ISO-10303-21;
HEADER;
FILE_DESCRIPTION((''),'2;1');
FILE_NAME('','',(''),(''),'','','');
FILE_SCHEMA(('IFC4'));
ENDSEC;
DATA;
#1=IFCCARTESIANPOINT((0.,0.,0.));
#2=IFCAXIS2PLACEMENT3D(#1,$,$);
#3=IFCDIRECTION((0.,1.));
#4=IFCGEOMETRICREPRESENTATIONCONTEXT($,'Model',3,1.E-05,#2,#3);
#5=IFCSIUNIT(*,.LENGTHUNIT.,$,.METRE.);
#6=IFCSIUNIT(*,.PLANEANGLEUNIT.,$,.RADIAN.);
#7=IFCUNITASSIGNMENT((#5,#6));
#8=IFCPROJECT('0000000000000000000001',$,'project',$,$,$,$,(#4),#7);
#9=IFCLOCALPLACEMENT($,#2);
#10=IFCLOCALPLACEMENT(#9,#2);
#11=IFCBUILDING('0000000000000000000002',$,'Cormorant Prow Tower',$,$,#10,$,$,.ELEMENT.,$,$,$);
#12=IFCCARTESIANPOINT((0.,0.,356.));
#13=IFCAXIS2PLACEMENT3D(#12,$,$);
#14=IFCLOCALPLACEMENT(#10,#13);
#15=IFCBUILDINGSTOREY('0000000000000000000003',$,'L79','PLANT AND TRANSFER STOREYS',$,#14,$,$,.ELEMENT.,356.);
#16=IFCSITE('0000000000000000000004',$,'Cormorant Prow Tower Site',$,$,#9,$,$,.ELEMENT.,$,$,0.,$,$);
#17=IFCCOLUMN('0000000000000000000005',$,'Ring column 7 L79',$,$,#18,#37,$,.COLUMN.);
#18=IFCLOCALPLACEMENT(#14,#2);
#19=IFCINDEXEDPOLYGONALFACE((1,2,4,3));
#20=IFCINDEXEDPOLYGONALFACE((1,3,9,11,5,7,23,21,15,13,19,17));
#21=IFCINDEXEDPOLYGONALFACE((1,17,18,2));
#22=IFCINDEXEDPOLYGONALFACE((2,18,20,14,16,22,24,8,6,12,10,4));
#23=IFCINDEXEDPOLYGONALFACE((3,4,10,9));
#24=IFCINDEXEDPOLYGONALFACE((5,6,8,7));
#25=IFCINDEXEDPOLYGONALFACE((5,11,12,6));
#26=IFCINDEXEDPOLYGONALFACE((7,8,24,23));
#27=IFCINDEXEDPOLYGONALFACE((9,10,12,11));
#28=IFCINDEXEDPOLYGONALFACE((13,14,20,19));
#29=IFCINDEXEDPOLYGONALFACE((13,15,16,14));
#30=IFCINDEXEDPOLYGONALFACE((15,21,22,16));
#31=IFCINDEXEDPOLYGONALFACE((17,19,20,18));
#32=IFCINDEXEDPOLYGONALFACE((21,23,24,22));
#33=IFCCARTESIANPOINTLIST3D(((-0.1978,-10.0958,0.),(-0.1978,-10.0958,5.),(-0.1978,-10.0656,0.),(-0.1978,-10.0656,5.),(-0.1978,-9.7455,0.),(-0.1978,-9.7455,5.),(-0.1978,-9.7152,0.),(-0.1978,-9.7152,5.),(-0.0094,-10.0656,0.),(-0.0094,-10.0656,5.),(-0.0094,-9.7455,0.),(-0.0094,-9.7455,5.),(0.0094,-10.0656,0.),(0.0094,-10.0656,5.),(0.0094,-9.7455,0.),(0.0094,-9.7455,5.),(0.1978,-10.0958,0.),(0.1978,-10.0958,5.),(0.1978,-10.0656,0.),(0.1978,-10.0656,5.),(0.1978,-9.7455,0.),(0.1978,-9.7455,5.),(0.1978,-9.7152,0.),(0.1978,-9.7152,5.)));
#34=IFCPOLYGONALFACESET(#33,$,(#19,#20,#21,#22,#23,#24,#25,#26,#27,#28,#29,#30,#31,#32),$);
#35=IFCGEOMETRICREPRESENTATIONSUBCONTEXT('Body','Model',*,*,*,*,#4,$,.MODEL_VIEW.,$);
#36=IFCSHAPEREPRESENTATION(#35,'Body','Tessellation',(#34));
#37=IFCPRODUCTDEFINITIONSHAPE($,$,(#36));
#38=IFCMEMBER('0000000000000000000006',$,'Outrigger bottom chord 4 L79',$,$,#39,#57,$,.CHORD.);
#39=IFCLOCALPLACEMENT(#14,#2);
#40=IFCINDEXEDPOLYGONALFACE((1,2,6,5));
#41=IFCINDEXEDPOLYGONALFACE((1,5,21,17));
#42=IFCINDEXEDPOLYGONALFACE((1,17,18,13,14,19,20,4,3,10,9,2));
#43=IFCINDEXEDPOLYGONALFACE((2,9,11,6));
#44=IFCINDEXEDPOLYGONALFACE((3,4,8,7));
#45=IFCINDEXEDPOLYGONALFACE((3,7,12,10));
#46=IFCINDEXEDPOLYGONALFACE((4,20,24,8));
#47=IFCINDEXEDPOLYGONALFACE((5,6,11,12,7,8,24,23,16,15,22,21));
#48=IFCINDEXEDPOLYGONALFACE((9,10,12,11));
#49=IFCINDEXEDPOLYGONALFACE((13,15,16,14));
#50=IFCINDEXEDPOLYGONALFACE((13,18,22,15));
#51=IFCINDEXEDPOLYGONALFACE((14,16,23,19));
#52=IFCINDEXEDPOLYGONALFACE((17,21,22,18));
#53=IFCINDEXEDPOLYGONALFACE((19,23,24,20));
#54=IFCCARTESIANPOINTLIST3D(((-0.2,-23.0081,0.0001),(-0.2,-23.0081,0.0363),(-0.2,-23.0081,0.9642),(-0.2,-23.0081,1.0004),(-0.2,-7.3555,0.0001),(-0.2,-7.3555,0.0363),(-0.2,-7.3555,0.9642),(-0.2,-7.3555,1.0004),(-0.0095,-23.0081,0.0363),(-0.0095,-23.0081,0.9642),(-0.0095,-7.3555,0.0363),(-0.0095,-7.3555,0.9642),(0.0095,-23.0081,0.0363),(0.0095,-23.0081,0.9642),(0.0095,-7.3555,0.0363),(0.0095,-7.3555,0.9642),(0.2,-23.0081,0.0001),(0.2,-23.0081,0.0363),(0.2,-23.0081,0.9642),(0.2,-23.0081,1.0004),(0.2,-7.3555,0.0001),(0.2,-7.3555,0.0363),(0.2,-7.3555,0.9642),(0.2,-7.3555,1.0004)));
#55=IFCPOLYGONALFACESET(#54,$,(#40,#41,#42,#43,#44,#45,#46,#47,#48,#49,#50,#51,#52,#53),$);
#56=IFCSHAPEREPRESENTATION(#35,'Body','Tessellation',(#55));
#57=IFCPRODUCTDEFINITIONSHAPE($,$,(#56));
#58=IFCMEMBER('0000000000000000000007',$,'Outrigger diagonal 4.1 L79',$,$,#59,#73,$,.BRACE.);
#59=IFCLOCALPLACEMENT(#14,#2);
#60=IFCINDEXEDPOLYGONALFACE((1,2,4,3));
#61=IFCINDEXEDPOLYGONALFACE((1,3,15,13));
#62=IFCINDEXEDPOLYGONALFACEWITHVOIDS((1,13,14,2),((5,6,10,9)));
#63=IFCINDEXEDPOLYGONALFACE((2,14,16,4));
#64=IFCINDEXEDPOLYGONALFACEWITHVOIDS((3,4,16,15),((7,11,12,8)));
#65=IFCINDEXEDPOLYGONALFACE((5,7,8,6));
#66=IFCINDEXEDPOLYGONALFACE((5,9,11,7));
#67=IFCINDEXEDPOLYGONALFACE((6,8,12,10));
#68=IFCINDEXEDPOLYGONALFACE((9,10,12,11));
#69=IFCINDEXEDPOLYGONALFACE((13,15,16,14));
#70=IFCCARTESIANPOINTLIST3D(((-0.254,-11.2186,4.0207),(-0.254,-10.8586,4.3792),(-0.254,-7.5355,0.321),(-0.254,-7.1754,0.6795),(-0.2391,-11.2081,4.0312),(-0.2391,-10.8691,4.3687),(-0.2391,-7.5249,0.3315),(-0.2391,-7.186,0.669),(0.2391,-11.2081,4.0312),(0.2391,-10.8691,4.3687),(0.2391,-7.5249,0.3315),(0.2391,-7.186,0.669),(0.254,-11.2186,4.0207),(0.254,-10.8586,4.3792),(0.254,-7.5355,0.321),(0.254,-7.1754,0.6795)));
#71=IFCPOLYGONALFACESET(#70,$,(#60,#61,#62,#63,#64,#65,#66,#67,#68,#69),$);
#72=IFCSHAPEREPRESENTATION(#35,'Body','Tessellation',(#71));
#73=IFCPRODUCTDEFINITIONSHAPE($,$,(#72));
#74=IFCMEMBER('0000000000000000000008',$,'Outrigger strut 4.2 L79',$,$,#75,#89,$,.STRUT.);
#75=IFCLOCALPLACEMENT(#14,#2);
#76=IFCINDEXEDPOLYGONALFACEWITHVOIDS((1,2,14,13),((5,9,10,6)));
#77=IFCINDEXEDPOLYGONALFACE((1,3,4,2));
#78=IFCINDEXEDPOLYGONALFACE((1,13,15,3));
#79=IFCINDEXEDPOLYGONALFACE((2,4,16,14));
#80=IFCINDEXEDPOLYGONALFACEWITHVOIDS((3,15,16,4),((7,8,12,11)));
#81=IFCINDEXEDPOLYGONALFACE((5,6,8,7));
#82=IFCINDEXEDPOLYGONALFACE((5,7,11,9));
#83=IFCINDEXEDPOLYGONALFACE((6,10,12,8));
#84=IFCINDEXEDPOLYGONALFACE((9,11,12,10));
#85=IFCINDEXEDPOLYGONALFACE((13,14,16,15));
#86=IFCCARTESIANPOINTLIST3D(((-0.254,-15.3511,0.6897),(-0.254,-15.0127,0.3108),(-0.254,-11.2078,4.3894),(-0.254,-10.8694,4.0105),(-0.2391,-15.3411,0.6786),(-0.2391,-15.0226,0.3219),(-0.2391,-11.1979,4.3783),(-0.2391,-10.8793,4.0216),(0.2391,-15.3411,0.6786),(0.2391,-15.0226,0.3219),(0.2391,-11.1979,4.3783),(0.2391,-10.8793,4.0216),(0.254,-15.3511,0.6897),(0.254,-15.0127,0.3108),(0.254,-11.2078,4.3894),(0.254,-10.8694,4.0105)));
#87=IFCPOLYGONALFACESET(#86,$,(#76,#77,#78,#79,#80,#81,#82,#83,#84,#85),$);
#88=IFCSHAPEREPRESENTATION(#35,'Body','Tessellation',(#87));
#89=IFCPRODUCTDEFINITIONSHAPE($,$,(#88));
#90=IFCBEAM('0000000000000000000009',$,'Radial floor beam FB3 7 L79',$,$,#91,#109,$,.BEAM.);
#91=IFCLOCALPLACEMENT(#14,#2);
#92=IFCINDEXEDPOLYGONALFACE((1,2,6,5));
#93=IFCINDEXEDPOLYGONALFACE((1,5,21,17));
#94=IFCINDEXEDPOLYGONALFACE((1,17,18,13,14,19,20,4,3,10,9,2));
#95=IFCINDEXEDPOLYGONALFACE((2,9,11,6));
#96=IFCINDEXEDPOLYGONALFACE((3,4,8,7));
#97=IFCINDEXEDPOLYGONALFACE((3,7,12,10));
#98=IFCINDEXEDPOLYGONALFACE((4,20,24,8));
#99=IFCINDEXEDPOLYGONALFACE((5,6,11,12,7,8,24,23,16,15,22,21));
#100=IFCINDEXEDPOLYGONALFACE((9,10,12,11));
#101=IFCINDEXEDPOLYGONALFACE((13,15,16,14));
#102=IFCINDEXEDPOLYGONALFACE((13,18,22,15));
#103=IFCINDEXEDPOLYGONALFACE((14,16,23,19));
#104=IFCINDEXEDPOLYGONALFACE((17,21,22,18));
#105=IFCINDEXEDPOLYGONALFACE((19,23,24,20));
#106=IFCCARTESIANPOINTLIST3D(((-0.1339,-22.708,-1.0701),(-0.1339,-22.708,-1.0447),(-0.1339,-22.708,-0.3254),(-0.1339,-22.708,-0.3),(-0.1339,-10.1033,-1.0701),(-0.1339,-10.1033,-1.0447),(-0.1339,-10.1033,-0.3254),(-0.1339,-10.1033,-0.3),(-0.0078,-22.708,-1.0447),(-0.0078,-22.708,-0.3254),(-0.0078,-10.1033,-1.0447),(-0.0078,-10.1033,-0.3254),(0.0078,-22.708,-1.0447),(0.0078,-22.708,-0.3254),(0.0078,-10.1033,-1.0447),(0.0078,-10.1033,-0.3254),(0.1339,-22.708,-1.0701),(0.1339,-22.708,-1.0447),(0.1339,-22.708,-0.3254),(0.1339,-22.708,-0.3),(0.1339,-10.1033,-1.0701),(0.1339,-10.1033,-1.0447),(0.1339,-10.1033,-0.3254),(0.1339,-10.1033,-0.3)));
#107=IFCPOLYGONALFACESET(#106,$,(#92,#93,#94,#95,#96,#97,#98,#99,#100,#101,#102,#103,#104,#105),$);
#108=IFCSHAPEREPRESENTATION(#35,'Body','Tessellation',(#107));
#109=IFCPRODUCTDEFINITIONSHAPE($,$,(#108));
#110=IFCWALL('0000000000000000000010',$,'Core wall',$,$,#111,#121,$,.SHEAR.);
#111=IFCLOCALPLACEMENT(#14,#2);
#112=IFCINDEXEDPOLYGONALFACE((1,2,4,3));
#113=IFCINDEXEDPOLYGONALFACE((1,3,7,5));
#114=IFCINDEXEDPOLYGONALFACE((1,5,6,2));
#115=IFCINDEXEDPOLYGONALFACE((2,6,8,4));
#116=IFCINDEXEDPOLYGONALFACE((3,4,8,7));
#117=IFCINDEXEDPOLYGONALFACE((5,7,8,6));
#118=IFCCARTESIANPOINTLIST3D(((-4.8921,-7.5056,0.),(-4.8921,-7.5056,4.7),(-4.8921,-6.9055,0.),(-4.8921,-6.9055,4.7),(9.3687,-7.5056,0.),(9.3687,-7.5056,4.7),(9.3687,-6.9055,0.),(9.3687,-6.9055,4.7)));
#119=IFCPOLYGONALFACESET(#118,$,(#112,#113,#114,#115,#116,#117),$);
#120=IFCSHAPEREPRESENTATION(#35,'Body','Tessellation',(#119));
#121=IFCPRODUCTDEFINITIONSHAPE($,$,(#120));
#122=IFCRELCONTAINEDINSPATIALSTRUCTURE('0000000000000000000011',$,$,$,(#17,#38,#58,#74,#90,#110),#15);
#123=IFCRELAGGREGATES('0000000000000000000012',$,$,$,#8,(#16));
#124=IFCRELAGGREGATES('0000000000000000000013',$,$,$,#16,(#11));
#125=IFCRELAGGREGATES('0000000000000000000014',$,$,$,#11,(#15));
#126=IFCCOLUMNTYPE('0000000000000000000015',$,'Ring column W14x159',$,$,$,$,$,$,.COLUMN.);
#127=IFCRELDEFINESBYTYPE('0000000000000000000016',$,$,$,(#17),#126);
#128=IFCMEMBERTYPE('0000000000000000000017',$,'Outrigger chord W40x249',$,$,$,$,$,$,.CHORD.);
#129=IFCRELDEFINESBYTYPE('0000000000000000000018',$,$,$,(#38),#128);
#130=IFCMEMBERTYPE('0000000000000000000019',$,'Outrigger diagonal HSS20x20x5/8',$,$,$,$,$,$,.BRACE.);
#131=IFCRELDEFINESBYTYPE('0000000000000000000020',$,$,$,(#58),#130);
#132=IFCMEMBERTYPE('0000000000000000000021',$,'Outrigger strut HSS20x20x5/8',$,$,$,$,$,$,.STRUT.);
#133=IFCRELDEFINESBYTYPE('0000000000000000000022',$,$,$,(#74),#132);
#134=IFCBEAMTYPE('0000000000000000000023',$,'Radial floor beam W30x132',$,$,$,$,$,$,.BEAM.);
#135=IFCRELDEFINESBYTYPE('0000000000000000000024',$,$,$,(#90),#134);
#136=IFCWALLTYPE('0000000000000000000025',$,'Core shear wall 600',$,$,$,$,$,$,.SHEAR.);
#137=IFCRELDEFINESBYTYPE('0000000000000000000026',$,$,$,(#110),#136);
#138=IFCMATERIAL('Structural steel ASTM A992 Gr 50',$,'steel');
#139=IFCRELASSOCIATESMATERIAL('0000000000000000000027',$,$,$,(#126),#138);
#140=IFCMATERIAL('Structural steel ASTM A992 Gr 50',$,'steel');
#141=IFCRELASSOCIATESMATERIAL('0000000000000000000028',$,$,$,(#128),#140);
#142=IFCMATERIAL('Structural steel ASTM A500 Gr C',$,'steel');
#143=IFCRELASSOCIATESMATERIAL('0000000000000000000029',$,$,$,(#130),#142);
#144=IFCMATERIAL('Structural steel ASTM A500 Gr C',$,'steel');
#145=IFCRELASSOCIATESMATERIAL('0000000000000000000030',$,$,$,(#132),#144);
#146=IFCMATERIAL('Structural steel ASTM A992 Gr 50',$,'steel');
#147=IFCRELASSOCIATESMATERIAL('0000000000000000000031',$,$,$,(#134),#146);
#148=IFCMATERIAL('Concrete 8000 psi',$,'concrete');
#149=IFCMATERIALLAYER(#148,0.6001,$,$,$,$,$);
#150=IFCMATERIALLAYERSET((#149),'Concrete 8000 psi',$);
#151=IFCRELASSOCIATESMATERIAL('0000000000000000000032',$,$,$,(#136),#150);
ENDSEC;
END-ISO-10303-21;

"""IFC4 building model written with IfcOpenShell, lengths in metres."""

from ifc_helpers import new_model, si_unit, direction, frame, frame_2d, origin, origin_2d, place, context, subcontext, project, spatial, rectangle, hollow_rectangle, i_section, extrude, material, layer, layer_set, material_profile, profile_set, type_object, element, save


model = new_model("IFC4")

# Units and contexts
model_context = context("Model", 3, precision=1e-05, world=origin(), true_north=direction((0.0, 1.0)))
body_context = subcontext(model_context, "Body", "Model", "MODEL_VIEW")
ifc_project = project(units=[si_unit("LENGTHUNIT", "METRE"), si_unit("PLANEANGLEUNIT", "RADIAN")], contexts=[model_context])

# Site, building, storey
site_placement = place(None, origin())
site = spatial("IfcSite", under=ifc_project, at=site_placement, Name="Cormorant Prow Tower Site", CompositionType="ELEMENT", RefElevation=0.0)
building_placement = place(site_placement, origin())
building = spatial("IfcBuilding", under=site, at=building_placement, Name="Cormorant Prow Tower", CompositionType="ELEMENT")
storey_placement = place(building_placement, frame((0.0, 0.0, 356.0)))
storey = spatial("IfcBuildingStorey", under=building, at=storey_placement, Name="L79", Description="PLANT AND TRANSFER STOREYS", CompositionType="ELEMENT", Elevation=356.0)

# Column
ifc_material_1 = material(Name="Structural steel ASTM A992 Gr 50", Category="steel")
ifc_material_profile_1 = material_profile(ifc_material_1, i_section(OverallWidth=0.3955, OverallDepth=0.3806, WebThickness=0.0188, FlangeThickness=0.0303, at=origin_2d()), Name="W14x159")
ifc_profile_set_1 = profile_set([ifc_material_profile_1], Name="Structural steel ASTM A992 Gr 50")
column_type = type_object("IfcColumnType", Name="Ring column W14x159", PredefinedType="COLUMN", material=ifc_profile_set_1)
column_placement = place(storey_placement, frame((0.0, -9.9055, 0.0), z_axis=(0.0, 0.0, 1.0), x_axis=(1.0, 0.0, 0.0)))
element("IfcColumn", 1, at=column_placement, inside=storey, type_object=column_type, Name="Ring column 7 L79", PredefinedType="COLUMN", context=body_context, shape_type="SweptSolid", body=[
    extrude(i_section(OverallWidth=0.3955, OverallDepth=0.3806, WebThickness=0.0188, FlangeThickness=0.0303, at=origin_2d()), origin(), (0.0, 0.0, 1.0), 5.0),
])

# Members
ifc_material_2 = material(Name="Structural steel ASTM A992 Gr 50", Category="steel")
ifc_material_profile_2 = material_profile(ifc_material_2, i_section(OverallWidth=0.3999, OverallDepth=1.0002, WebThickness=0.019, FlangeThickness=0.0361, at=origin_2d()), Name="W40x249")
ifc_profile_set_2 = profile_set([ifc_material_profile_2], Name="Structural steel ASTM A992 Gr 50")
member_type_1 = type_object("IfcMemberType", Name="Outrigger chord W40x249", PredefinedType="CHORD", material=ifc_profile_set_2)
member_1_placement = place(storey_placement, frame((0.0, -7.3555, 0.5002), z_axis=(0.0, -1.0, 0.0), x_axis=(1.0, 0.0, 0.0)))
element("IfcMember", 2, at=member_1_placement, inside=storey, type_object=member_type_1, Name="Outrigger bottom chord 4 L79", PredefinedType="CHORD", context=body_context, shape_type="SweptSolid", body=[
    extrude(i_section(OverallWidth=0.3999, OverallDepth=1.0002, WebThickness=0.019, FlangeThickness=0.0361, at=origin_2d()), origin(), (0.0, 0.0, 1.0), 15.6526),
])
ifc_material_3 = material(Name="Structural steel ASTM A500 Gr C", Category="steel")
ifc_material_profile_3 = material_profile(ifc_material_3, hollow_rectangle(XDim=0.5081, YDim=0.5081, WallThickness=0.0149, at=origin_2d()), Name="HSS20x20x5/8")
ifc_profile_set_3 = profile_set([ifc_material_profile_3], Name="Structural steel ASTM A500 Gr C")
member_type_2 = type_object("IfcMemberType", Name="Outrigger diagonal HSS20x20x5/8", PredefinedType="BRACE", material=ifc_profile_set_3)
member_2_placement = place(storey_placement, frame((0.0, -7.3555, 0.5002), z_axis=(0.0, -0.705515, 0.708695), x_axis=(1.0, 0.0, 0.0)))
element("IfcMember", 3, at=member_2_placement, inside=storey, type_object=member_type_2, Name="Outrigger diagonal 4.1 L79", PredefinedType="BRACE", context=body_context, shape_type="SweptSolid", body=[
    extrude(hollow_rectangle(XDim=0.5081, YDim=0.5081, WallThickness=0.0149, at=origin_2d()), origin(), (0.0, 0.0, 1.0), 5.2205),
])
ifc_material_4 = material(Name="Structural steel ASTM A500 Gr C", Category="steel")
ifc_material_profile_4 = material_profile(ifc_material_4, hollow_rectangle(XDim=0.5081, YDim=0.5081, WallThickness=0.0149, at=origin_2d()), Name="HSS20x20x5/8")
ifc_profile_set_4 = profile_set([ifc_material_profile_4], Name="Structural steel ASTM A500 Gr C")
member_type_3 = type_object("IfcMemberType", Name="Outrigger strut HSS20x20x5/8", PredefinedType="STRUT", material=ifc_profile_set_4)
member_3_placement = place(storey_placement, frame((0.0, -11.0386, 4.2), z_axis=(0.0, -0.745909, -0.666048), x_axis=(1.0, 0.0, 0.0)))
element("IfcMember", 4, at=member_3_placement, inside=storey, type_object=member_type_3, Name="Outrigger strut 4.2 L79", PredefinedType="STRUT", context=body_context, shape_type="SweptSolid", body=[
    extrude(hollow_rectangle(XDim=0.5081, YDim=0.5081, WallThickness=0.0149, at=origin_2d()), origin(), (0.0, 0.0, 1.0), 5.5547),
])

# Beam
ifc_material_5 = material(Name="Structural steel ASTM A992 Gr 50", Category="steel")
ifc_material_profile_5 = material_profile(ifc_material_5, i_section(OverallWidth=0.2678, OverallDepth=0.77, WebThickness=0.0156, FlangeThickness=0.0254, at=origin_2d()), Name="W30x132")
ifc_profile_set_5 = profile_set([ifc_material_profile_5], Name="Structural steel ASTM A992 Gr 50")
beam_type = type_object("IfcBeamType", Name="Radial floor beam W30x132", PredefinedType="BEAM", material=ifc_profile_set_5)
beam_placement = place(storey_placement, frame((0.0, -10.1033, -0.6851), z_axis=(0.0, -1.0, 0.0), x_axis=(1.0, 0.0, 0.0)))
element("IfcBeam", 5, at=beam_placement, inside=storey, type_object=beam_type, Name="Radial floor beam FB3 7 L79", PredefinedType="BEAM", context=body_context, shape_type="SweptSolid", body=[
    extrude(i_section(OverallWidth=0.2678, OverallDepth=0.77, WebThickness=0.0156, FlangeThickness=0.0254, at=origin_2d()), origin(), (0.0, 0.0, 1.0), 12.6047),
])

# Wall
ifc_material_6 = material(Name="Concrete 8000 psi", Category="concrete")
ifc_layer_1 = layer(ifc_material_6, 0.6001)
ifc_layer_set_1 = layer_set([ifc_layer_1], Name="Concrete 8000 psi")
wall_type_1 = type_object("IfcWallType", Name="Core shear wall 600", PredefinedType="SHEAR", material=ifc_layer_set_1)
wall_1_placement = place(storey_placement, frame((-4.8921, -7.2056, 0.0), z_axis=(0.0, 0.0, 1.0), x_axis=(1.0, 0.0, 0.0)))
element("IfcWall", 6, at=wall_1_placement, inside=storey, type_object=wall_type_1, Name="Core wall", PredefinedType="SHEAR", context=body_context, shape_type="SweptSolid", body=[
    extrude(rectangle(XDim=14.2607, YDim=0.6001, at=frame_2d((7.1304, 0.0))), origin(), (0.0, 0.0, 1.0), 4.7),
])

save(model, "model.ifc")
